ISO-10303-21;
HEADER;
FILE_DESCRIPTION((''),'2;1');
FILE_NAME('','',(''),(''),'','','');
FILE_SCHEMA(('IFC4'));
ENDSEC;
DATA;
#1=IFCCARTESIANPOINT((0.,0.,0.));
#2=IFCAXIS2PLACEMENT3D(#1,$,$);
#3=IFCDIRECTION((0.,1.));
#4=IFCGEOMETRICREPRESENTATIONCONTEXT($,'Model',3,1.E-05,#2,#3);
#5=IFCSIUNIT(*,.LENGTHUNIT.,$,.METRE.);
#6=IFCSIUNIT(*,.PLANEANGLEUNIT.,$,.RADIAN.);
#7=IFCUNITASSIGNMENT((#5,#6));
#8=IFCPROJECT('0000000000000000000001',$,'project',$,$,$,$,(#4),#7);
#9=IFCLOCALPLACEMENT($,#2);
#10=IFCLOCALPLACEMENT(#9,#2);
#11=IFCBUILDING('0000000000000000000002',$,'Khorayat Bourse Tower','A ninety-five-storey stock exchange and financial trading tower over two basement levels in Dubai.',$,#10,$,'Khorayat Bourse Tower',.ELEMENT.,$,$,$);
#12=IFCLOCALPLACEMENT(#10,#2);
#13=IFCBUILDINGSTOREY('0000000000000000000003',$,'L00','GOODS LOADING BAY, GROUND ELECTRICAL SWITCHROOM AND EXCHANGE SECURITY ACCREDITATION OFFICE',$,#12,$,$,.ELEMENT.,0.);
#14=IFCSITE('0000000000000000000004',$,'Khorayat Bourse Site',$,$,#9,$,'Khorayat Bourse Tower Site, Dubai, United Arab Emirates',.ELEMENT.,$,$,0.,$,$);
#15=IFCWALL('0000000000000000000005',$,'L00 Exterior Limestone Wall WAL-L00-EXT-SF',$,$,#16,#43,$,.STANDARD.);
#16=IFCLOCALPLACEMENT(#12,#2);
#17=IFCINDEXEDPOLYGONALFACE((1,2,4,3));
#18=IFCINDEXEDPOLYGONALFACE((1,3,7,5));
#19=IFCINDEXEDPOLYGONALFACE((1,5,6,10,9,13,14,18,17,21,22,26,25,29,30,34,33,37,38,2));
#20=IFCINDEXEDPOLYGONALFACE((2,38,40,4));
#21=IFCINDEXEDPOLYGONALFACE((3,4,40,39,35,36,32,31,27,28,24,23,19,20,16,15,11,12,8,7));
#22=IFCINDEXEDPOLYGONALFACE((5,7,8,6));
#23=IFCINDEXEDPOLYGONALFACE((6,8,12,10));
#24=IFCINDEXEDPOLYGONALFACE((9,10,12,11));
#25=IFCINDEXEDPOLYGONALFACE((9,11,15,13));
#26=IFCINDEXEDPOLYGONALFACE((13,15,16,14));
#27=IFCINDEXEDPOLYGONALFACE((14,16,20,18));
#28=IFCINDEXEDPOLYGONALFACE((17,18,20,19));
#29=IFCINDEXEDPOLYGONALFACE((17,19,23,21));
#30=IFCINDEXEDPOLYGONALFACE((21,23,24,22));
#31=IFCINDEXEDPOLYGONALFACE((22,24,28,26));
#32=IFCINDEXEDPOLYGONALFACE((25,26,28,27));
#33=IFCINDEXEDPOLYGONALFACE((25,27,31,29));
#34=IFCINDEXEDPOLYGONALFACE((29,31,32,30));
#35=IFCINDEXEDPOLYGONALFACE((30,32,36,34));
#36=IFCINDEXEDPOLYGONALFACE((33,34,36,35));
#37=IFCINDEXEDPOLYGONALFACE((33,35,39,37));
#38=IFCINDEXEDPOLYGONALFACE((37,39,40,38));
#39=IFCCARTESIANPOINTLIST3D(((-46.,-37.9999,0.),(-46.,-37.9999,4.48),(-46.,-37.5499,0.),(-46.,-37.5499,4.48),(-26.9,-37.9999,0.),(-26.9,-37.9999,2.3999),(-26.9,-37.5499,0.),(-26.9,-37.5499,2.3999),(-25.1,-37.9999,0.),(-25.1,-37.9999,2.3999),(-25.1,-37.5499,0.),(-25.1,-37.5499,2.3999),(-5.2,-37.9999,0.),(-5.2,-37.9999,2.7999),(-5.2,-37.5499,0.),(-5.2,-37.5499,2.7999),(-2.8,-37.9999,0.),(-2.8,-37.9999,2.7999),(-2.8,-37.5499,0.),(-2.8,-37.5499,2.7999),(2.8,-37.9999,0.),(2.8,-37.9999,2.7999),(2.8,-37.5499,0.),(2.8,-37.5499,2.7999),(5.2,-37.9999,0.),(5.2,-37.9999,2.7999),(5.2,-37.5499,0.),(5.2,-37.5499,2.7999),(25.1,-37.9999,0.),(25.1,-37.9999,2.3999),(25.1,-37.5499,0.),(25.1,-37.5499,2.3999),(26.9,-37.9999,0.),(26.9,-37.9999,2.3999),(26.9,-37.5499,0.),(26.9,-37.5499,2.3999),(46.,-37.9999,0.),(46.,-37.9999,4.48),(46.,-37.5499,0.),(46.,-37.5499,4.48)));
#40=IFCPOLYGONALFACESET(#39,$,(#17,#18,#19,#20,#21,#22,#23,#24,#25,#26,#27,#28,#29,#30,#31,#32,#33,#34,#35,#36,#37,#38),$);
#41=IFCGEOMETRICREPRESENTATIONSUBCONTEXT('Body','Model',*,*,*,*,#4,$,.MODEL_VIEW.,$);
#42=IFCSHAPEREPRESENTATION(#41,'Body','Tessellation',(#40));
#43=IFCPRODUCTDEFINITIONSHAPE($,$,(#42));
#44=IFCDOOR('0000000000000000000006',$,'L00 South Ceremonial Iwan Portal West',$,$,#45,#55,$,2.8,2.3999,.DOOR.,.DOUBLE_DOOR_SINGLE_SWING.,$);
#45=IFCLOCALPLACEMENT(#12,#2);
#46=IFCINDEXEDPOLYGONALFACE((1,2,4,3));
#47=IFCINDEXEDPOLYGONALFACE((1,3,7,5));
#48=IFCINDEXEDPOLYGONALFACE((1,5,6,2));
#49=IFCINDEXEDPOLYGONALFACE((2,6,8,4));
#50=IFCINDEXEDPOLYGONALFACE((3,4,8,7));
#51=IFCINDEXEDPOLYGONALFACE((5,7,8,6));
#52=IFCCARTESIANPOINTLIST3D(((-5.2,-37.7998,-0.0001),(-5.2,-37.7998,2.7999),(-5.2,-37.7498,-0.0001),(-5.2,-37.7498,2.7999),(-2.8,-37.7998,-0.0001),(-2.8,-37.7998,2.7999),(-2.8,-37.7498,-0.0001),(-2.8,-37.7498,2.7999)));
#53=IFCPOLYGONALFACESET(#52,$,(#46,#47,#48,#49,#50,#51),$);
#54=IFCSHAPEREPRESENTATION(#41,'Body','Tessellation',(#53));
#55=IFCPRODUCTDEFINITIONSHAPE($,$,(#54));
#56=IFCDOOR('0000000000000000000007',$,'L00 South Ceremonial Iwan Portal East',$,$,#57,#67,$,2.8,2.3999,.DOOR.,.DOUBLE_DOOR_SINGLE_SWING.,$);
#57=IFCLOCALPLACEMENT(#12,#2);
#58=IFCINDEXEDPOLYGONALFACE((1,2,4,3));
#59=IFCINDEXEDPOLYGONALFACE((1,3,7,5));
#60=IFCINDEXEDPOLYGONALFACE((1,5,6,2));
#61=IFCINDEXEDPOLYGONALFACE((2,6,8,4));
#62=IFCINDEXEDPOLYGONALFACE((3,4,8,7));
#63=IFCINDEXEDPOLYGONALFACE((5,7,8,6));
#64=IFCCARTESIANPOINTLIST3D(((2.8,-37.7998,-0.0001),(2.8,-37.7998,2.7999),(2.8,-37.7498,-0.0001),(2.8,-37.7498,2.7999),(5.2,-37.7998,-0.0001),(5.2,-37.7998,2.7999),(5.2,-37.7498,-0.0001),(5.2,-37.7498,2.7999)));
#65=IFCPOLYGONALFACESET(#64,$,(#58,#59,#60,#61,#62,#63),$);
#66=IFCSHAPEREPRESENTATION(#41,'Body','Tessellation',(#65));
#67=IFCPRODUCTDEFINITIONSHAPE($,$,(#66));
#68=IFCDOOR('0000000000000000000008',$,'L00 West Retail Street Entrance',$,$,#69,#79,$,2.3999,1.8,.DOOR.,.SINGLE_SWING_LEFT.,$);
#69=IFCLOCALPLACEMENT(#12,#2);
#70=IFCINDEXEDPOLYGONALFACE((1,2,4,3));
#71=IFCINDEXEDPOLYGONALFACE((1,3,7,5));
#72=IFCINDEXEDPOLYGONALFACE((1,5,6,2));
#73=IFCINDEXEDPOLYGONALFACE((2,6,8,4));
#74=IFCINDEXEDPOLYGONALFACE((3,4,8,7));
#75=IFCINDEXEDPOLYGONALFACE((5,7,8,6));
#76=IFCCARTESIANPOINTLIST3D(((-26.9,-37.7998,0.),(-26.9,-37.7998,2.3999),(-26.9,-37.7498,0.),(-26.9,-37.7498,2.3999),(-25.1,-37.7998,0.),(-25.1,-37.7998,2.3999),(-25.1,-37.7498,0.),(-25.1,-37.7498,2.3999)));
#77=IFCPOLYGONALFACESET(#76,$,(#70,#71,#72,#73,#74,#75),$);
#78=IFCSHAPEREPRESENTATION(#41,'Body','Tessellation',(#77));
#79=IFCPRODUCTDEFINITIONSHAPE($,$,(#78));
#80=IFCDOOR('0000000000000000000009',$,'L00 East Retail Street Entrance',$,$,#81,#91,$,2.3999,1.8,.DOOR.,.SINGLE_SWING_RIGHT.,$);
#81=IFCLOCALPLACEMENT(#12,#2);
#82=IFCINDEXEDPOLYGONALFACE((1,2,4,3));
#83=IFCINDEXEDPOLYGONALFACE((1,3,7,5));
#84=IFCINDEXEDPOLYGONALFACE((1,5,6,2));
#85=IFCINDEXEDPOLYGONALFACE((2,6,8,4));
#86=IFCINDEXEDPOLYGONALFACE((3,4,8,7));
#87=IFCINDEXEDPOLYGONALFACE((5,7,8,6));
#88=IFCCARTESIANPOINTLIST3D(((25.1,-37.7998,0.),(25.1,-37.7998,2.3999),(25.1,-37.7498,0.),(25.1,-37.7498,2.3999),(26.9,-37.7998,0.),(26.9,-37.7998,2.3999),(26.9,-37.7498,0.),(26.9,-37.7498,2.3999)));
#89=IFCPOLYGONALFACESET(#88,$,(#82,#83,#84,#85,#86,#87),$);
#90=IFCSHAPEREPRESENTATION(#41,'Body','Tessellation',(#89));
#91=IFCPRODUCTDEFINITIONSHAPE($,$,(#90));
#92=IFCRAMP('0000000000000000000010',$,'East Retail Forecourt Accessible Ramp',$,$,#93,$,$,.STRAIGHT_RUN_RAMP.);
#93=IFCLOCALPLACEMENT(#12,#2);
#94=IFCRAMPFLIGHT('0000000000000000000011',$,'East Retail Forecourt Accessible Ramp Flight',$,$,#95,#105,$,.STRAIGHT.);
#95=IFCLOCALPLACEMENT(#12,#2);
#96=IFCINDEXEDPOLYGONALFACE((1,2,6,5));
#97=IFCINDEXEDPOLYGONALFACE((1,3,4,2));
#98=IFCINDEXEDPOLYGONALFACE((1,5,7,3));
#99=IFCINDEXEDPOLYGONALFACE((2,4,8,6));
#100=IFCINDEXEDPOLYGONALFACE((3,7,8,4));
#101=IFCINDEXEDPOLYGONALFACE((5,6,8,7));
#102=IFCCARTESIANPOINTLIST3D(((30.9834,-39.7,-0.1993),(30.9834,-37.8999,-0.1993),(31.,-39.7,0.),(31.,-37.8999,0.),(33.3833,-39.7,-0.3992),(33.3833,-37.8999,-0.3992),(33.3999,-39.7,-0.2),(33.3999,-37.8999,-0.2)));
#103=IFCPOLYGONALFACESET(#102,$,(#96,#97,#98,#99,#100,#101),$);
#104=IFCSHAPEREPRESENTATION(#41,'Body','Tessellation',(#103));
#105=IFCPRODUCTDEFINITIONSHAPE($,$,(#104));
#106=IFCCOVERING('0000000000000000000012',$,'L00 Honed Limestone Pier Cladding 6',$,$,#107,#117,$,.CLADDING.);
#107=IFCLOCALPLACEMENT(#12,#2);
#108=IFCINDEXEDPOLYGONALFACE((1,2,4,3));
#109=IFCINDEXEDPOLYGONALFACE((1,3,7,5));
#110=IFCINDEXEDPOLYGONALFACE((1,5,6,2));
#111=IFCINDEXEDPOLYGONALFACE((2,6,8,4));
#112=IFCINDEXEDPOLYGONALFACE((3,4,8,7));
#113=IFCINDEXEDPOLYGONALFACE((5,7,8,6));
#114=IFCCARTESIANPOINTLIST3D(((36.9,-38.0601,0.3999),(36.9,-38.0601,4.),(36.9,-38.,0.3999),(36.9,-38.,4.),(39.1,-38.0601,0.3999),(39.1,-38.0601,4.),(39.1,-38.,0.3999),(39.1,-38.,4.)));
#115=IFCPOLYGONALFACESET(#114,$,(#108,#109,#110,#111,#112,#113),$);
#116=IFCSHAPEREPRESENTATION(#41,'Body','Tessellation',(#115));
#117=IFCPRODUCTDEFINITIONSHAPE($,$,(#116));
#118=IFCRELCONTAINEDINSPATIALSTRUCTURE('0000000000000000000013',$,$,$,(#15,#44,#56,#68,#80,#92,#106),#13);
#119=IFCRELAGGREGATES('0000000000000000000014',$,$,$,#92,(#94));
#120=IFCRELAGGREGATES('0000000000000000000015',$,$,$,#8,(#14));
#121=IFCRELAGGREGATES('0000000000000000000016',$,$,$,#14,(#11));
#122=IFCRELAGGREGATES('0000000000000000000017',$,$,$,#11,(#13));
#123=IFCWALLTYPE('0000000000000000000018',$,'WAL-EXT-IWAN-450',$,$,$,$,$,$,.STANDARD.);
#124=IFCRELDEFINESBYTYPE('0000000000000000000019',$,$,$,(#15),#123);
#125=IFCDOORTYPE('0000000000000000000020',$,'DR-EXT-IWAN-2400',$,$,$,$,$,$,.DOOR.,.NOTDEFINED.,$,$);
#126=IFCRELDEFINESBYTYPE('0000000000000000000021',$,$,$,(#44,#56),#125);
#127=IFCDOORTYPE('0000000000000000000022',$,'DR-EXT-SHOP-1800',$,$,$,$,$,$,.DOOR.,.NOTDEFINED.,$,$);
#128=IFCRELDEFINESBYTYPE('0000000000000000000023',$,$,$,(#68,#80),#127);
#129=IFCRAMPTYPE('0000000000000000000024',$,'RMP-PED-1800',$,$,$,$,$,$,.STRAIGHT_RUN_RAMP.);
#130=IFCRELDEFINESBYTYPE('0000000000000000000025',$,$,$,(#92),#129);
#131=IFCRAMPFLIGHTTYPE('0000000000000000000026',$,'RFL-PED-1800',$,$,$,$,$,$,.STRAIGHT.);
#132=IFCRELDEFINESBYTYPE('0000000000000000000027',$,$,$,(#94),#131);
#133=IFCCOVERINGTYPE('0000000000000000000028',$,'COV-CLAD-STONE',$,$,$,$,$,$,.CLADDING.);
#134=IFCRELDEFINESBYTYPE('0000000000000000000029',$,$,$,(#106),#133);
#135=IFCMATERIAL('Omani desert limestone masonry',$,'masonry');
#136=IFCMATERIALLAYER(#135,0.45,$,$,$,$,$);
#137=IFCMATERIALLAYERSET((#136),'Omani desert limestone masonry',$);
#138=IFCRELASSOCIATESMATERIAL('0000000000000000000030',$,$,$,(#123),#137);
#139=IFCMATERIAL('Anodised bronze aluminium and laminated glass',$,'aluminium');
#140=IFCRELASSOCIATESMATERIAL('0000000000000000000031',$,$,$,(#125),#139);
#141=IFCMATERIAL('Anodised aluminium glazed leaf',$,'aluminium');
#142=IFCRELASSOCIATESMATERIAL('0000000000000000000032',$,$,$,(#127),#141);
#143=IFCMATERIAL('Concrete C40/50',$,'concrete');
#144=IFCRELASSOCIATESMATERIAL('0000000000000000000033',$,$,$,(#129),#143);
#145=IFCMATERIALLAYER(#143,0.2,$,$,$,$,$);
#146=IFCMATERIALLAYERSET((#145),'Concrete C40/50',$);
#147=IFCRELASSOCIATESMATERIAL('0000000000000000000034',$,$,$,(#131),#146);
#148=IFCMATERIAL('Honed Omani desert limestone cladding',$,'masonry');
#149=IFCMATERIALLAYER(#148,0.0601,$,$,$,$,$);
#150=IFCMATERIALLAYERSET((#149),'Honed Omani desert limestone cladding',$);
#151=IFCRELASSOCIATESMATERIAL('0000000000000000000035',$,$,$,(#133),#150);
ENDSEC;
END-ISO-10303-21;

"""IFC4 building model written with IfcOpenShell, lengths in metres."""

from ifc_helpers import new_model, si_unit, direction, frame, frame_2d, origin, origin_2d, place, context, subcontext, project, spatial, polyline, rectangle, outline, extrude, source, transform, mapped, material, layer, layer_set, type_object, element, fill, aggregate, save


model = new_model("IFC4")

# Units and contexts
model_context = context("Model", 3, precision=1e-05, world=origin(), true_north=direction((0.0, 1.0)))
body_context = subcontext(model_context, "Body", "Model", "MODEL_VIEW")
ifc_project = project(units=[si_unit("LENGTHUNIT", "METRE"), si_unit("PLANEANGLEUNIT", "RADIAN")], contexts=[model_context])

# Site, building, storey
site_placement = place(None, origin())
site = spatial("IfcSite", under=ifc_project, at=site_placement, Name="Khorayat Bourse Site", LongName="Khorayat Bourse Tower Site, Dubai, United Arab Emirates", CompositionType="ELEMENT", RefElevation=0.0)
building_placement = place(site_placement, origin())
building = spatial("IfcBuilding", under=site, at=building_placement, Name="Khorayat Bourse Tower", Description="A ninety-five-storey stock exchange and financial trading tower over two basement levels in Dubai.", LongName="Khorayat Bourse Tower", CompositionType="ELEMENT")
storey_placement = place(building_placement, origin())
storey = spatial("IfcBuildingStorey", under=building, at=storey_placement, Name="L00", Description="GOODS LOADING BAY, GROUND ELECTRICAL SWITCHROOM AND EXCHANGE SECURITY ACCREDITATION OFFICE", CompositionType="ELEMENT", Elevation=0.0)

# Wall, openings, doors
ifc_material_1 = material(Name="Omani desert limestone masonry", Category="masonry")
ifc_layer_1 = layer(ifc_material_1, 0.45)
ifc_layer_set_1 = layer_set([ifc_layer_1], Name="Omani desert limestone masonry")
wall_type = type_object("IfcWallType", Name="WAL-EXT-IWAN-450", PredefinedType="STANDARD", material=ifc_layer_set_1)
shared_shape_1 = source(origin(), body_context, "Body", "SweptSolid", [
    extrude(rectangle(XDim=92.0, YDim=0.45, at=frame_2d((46.0, 0.0))), origin(), (0.0, 0.0, 1.0), 4.48),
])
wall_placement = place(storey_placement, frame((46.0, -37.7749, 0.0), z_axis=(0.0, 0.0, 1.0), x_axis=(-1.0, 0.0, 0.0)))
wall = element("IfcWall", 1, at=wall_placement, inside=storey, type_object=wall_type, Name="L00 Exterior Limestone Wall WAL-L00-EXT-SF", PredefinedType="STANDARD", context=body_context, shape_type="MappedRepresentation", body=[
    mapped(shared_shape_1, transform((0.0, 0.0, 0.0), scale=1.0)),
])
shared_shape_2 = source(origin(), body_context, "Body", "SweptSolid", [
    extrude(rectangle(XDim=2.3999, YDim=2.8, at=frame_2d((1.2, 1.3999))), frame((0.0, 0.2349, 0.0), z_axis=(0.0, -1.0, 0.0), x_axis=(1.0, 0.0, 0.0)), (0.0, 0.0, 1.0), 0.47),
])
opening_1_placement = place(wall_placement, frame((48.8, 0.0, 0.0)))
opening_1 = element("IfcOpeningElement", 2, at=opening_1_placement, cuts=wall, PredefinedType="OPENING", context=body_context, shape_type="MappedRepresentation", body=[
    mapped(shared_shape_2, transform((0.0, 0.0, 0.0), scale=1.0)),
])
opening_2_placement = place(wall_placement, frame((40.8, 0.0, 0.0)))
opening_2 = element("IfcOpeningElement", 3, at=opening_2_placement, cuts=wall, PredefinedType="OPENING", context=body_context, shape_type="MappedRepresentation", body=[
    mapped(shared_shape_2, transform((0.0, 0.0, 0.0), scale=1.0)),
])
shared_shape_3 = source(origin(), body_context, "Body", "SweptSolid", [
    extrude(rectangle(XDim=1.8, YDim=2.3999, at=frame_2d((0.8999, 1.2))), frame((0.0, 0.2349, 0.0), z_axis=(0.0, -1.0, 0.0), x_axis=(1.0, 0.0, 0.0)), (0.0, 0.0, 1.0), 0.47),
])
opening_3_placement = place(wall_placement, frame((71.1001, 0.0, 0.0)))
opening_3 = element("IfcOpeningElement", 4, at=opening_3_placement, cuts=wall, PredefinedType="OPENING", context=body_context, shape_type="MappedRepresentation", body=[
    mapped(shared_shape_3, transform((0.0, 0.0, 0.0), scale=1.0)),
])
opening_4_placement = place(wall_placement, frame((19.1001, 0.0, 0.0)))
opening_4 = element("IfcOpeningElement", 5, at=opening_4_placement, cuts=wall, PredefinedType="OPENING", context=body_context, shape_type="MappedRepresentation", body=[
    mapped(shared_shape_3, transform((0.0, 0.0, 0.0), scale=1.0)),
])
ifc_material_2 = material(Name="Anodised bronze aluminium and laminated glass", Category="aluminium")
door_type_1 = type_object("IfcDoorType", Name="DR-EXT-IWAN-2400", OperationType="NOTDEFINED", PredefinedType="DOOR", material=ifc_material_2)
shared_shape_4 = source(origin(), body_context, "Body", "SweptSolid", [
    extrude(rectangle(XDim=2.3999, YDim=2.8, at=frame_2d((1.2, 1.3999))), frame((0.0, 0.0249, 0.0), z_axis=(0.0, -1.0, 0.0), x_axis=(1.0, 0.0, 0.0)), (0.0, 0.0, 1.0), 0.05),
])
door_1_placement = place(opening_1_placement, origin())
door_1 = element("IfcDoor", 6, at=door_1_placement, inside=storey, type_object=door_type_1, Name="L00 South Ceremonial Iwan Portal West", OperationType="DOUBLE_DOOR_SINGLE_SWING", OverallHeight=2.8, OverallWidth=2.3999, PredefinedType="DOOR", context=body_context, shape_type="MappedRepresentation", body=[
    mapped(shared_shape_4, transform((0.0, 0.0, 0.0), scale=1.0)),
])
fill(opening_1, door_1)
door_2_placement = place(opening_2_placement, origin())
door_2 = element("IfcDoor", 7, at=door_2_placement, inside=storey, type_object=door_type_1, Name="L00 South Ceremonial Iwan Portal East", OperationType="DOUBLE_DOOR_SINGLE_SWING", OverallHeight=2.8, OverallWidth=2.3999, PredefinedType="DOOR", context=body_context, shape_type="MappedRepresentation", body=[
    mapped(shared_shape_4, transform((0.0, 0.0, 0.0), scale=1.0)),
])
fill(opening_2, door_2)
ifc_material_3 = material(Name="Anodised aluminium glazed leaf", Category="aluminium")
door_type_2 = type_object("IfcDoorType", Name="DR-EXT-SHOP-1800", OperationType="NOTDEFINED", PredefinedType="DOOR", material=ifc_material_3)
shared_shape_5 = source(origin(), body_context, "Body", "SweptSolid", [
    extrude(rectangle(XDim=1.8, YDim=2.3999, at=frame_2d((0.8999, 1.2))), frame((0.0, 0.0249, 0.0), z_axis=(0.0, -1.0, 0.0), x_axis=(1.0, 0.0, 0.0)), (0.0, 0.0, 1.0), 0.05),
])
door_3_placement = place(opening_3_placement, origin())
door_3 = element("IfcDoor", 8, at=door_3_placement, inside=storey, type_object=door_type_2, Name="L00 West Retail Street Entrance", OperationType="SINGLE_SWING_LEFT", OverallHeight=2.3999, OverallWidth=1.8, PredefinedType="DOOR", context=body_context, shape_type="MappedRepresentation", body=[
    mapped(shared_shape_5, transform((0.0, 0.0, 0.0), scale=1.0)),
])
fill(opening_3, door_3)
door_4_placement = place(opening_4_placement, origin())
door_4 = element("IfcDoor", 9, at=door_4_placement, inside=storey, type_object=door_type_2, Name="L00 East Retail Street Entrance", OperationType="SINGLE_SWING_RIGHT", OverallHeight=2.3999, OverallWidth=1.8, PredefinedType="DOOR", context=body_context, shape_type="MappedRepresentation", body=[
    mapped(shared_shape_5, transform((0.0, 0.0, 0.0), scale=1.0)),
])
fill(opening_4, door_4)

# Ramp, ramp flight
ifc_material_4 = material(Name="Concrete C40/50", Category="concrete")
ramp_type = type_object("IfcRampType", Name="RMP-PED-1800", PredefinedType="STRAIGHT_RUN_RAMP", material=ifc_material_4)
ramp_placement = place(storey_placement, origin())
ramp = element("IfcRamp", 10, at=ramp_placement, inside=storey, type_object=ramp_type, Name="East Retail Forecourt Accessible Ramp", PredefinedType="STRAIGHT_RUN_RAMP")
ifc_layer_2 = layer(ifc_material_4, 0.2)
ifc_layer_set_2 = layer_set([ifc_layer_2], Name="Concrete C40/50")
ramp_flight_type = type_object("IfcRampFlightType", Name="RFL-PED-1800", PredefinedType="STRAIGHT", material=ifc_layer_set_2)
ramp_flight_placement = place(storey_placement, frame((33.3999, -39.7, -0.2), z_axis=(0.083029, 0.0, 0.996547), x_axis=(-0.996547, 0.0, 0.083029)))
ramp_flight = element("IfcRampFlight", 11, at=ramp_flight_placement, type_object=ramp_flight_type, Name="East Retail Forecourt Accessible Ramp Flight", PredefinedType="STRAIGHT", context=body_context, shape_type="SweptSolid", body=[
    extrude(outline(polyline([(0.0, 0.0), (2.4082, 0.0), (2.4082, -1.8), (0.0, -1.8), (0.0, 0.0)])), origin(), (0.0, 0.0, -1.0), 0.2),
])
aggregate(ramp, [ramp_flight])

# Covering
ifc_material_5 = material(Name="Honed Omani desert limestone cladding", Category="masonry")
ifc_layer_3 = layer(ifc_material_5, 0.0601)
ifc_layer_set_3 = layer_set([ifc_layer_3], Name="Honed Omani desert limestone cladding")
covering_type = type_object("IfcCoveringType", Name="COV-CLAD-STONE", PredefinedType="CLADDING", material=ifc_layer_set_3)
shared_shape_6 = source(origin(), body_context, "Body", "SweptSolid", [
    extrude(rectangle(XDim=2.2, YDim=0.0601, at=origin_2d()), origin(), (0.0, 0.0, 1.0), 3.6001),
])
covering_placement = place(storey_placement, frame((38.0, -38.03, 0.3999), z_axis=(0.0, 0.0, 1.0), x_axis=(1.0, 0.0, 0.0)))
element("IfcCovering", 12, at=covering_placement, inside=storey, type_object=covering_type, Name="L00 Honed Limestone Pier Cladding 6", PredefinedType="CLADDING", context=body_context, shape_type="MappedRepresentation", body=[
    mapped(shared_shape_6, transform((0.0, 0.0, 0.0), scale=1.0)),
])

save(model, "model.ifc")
